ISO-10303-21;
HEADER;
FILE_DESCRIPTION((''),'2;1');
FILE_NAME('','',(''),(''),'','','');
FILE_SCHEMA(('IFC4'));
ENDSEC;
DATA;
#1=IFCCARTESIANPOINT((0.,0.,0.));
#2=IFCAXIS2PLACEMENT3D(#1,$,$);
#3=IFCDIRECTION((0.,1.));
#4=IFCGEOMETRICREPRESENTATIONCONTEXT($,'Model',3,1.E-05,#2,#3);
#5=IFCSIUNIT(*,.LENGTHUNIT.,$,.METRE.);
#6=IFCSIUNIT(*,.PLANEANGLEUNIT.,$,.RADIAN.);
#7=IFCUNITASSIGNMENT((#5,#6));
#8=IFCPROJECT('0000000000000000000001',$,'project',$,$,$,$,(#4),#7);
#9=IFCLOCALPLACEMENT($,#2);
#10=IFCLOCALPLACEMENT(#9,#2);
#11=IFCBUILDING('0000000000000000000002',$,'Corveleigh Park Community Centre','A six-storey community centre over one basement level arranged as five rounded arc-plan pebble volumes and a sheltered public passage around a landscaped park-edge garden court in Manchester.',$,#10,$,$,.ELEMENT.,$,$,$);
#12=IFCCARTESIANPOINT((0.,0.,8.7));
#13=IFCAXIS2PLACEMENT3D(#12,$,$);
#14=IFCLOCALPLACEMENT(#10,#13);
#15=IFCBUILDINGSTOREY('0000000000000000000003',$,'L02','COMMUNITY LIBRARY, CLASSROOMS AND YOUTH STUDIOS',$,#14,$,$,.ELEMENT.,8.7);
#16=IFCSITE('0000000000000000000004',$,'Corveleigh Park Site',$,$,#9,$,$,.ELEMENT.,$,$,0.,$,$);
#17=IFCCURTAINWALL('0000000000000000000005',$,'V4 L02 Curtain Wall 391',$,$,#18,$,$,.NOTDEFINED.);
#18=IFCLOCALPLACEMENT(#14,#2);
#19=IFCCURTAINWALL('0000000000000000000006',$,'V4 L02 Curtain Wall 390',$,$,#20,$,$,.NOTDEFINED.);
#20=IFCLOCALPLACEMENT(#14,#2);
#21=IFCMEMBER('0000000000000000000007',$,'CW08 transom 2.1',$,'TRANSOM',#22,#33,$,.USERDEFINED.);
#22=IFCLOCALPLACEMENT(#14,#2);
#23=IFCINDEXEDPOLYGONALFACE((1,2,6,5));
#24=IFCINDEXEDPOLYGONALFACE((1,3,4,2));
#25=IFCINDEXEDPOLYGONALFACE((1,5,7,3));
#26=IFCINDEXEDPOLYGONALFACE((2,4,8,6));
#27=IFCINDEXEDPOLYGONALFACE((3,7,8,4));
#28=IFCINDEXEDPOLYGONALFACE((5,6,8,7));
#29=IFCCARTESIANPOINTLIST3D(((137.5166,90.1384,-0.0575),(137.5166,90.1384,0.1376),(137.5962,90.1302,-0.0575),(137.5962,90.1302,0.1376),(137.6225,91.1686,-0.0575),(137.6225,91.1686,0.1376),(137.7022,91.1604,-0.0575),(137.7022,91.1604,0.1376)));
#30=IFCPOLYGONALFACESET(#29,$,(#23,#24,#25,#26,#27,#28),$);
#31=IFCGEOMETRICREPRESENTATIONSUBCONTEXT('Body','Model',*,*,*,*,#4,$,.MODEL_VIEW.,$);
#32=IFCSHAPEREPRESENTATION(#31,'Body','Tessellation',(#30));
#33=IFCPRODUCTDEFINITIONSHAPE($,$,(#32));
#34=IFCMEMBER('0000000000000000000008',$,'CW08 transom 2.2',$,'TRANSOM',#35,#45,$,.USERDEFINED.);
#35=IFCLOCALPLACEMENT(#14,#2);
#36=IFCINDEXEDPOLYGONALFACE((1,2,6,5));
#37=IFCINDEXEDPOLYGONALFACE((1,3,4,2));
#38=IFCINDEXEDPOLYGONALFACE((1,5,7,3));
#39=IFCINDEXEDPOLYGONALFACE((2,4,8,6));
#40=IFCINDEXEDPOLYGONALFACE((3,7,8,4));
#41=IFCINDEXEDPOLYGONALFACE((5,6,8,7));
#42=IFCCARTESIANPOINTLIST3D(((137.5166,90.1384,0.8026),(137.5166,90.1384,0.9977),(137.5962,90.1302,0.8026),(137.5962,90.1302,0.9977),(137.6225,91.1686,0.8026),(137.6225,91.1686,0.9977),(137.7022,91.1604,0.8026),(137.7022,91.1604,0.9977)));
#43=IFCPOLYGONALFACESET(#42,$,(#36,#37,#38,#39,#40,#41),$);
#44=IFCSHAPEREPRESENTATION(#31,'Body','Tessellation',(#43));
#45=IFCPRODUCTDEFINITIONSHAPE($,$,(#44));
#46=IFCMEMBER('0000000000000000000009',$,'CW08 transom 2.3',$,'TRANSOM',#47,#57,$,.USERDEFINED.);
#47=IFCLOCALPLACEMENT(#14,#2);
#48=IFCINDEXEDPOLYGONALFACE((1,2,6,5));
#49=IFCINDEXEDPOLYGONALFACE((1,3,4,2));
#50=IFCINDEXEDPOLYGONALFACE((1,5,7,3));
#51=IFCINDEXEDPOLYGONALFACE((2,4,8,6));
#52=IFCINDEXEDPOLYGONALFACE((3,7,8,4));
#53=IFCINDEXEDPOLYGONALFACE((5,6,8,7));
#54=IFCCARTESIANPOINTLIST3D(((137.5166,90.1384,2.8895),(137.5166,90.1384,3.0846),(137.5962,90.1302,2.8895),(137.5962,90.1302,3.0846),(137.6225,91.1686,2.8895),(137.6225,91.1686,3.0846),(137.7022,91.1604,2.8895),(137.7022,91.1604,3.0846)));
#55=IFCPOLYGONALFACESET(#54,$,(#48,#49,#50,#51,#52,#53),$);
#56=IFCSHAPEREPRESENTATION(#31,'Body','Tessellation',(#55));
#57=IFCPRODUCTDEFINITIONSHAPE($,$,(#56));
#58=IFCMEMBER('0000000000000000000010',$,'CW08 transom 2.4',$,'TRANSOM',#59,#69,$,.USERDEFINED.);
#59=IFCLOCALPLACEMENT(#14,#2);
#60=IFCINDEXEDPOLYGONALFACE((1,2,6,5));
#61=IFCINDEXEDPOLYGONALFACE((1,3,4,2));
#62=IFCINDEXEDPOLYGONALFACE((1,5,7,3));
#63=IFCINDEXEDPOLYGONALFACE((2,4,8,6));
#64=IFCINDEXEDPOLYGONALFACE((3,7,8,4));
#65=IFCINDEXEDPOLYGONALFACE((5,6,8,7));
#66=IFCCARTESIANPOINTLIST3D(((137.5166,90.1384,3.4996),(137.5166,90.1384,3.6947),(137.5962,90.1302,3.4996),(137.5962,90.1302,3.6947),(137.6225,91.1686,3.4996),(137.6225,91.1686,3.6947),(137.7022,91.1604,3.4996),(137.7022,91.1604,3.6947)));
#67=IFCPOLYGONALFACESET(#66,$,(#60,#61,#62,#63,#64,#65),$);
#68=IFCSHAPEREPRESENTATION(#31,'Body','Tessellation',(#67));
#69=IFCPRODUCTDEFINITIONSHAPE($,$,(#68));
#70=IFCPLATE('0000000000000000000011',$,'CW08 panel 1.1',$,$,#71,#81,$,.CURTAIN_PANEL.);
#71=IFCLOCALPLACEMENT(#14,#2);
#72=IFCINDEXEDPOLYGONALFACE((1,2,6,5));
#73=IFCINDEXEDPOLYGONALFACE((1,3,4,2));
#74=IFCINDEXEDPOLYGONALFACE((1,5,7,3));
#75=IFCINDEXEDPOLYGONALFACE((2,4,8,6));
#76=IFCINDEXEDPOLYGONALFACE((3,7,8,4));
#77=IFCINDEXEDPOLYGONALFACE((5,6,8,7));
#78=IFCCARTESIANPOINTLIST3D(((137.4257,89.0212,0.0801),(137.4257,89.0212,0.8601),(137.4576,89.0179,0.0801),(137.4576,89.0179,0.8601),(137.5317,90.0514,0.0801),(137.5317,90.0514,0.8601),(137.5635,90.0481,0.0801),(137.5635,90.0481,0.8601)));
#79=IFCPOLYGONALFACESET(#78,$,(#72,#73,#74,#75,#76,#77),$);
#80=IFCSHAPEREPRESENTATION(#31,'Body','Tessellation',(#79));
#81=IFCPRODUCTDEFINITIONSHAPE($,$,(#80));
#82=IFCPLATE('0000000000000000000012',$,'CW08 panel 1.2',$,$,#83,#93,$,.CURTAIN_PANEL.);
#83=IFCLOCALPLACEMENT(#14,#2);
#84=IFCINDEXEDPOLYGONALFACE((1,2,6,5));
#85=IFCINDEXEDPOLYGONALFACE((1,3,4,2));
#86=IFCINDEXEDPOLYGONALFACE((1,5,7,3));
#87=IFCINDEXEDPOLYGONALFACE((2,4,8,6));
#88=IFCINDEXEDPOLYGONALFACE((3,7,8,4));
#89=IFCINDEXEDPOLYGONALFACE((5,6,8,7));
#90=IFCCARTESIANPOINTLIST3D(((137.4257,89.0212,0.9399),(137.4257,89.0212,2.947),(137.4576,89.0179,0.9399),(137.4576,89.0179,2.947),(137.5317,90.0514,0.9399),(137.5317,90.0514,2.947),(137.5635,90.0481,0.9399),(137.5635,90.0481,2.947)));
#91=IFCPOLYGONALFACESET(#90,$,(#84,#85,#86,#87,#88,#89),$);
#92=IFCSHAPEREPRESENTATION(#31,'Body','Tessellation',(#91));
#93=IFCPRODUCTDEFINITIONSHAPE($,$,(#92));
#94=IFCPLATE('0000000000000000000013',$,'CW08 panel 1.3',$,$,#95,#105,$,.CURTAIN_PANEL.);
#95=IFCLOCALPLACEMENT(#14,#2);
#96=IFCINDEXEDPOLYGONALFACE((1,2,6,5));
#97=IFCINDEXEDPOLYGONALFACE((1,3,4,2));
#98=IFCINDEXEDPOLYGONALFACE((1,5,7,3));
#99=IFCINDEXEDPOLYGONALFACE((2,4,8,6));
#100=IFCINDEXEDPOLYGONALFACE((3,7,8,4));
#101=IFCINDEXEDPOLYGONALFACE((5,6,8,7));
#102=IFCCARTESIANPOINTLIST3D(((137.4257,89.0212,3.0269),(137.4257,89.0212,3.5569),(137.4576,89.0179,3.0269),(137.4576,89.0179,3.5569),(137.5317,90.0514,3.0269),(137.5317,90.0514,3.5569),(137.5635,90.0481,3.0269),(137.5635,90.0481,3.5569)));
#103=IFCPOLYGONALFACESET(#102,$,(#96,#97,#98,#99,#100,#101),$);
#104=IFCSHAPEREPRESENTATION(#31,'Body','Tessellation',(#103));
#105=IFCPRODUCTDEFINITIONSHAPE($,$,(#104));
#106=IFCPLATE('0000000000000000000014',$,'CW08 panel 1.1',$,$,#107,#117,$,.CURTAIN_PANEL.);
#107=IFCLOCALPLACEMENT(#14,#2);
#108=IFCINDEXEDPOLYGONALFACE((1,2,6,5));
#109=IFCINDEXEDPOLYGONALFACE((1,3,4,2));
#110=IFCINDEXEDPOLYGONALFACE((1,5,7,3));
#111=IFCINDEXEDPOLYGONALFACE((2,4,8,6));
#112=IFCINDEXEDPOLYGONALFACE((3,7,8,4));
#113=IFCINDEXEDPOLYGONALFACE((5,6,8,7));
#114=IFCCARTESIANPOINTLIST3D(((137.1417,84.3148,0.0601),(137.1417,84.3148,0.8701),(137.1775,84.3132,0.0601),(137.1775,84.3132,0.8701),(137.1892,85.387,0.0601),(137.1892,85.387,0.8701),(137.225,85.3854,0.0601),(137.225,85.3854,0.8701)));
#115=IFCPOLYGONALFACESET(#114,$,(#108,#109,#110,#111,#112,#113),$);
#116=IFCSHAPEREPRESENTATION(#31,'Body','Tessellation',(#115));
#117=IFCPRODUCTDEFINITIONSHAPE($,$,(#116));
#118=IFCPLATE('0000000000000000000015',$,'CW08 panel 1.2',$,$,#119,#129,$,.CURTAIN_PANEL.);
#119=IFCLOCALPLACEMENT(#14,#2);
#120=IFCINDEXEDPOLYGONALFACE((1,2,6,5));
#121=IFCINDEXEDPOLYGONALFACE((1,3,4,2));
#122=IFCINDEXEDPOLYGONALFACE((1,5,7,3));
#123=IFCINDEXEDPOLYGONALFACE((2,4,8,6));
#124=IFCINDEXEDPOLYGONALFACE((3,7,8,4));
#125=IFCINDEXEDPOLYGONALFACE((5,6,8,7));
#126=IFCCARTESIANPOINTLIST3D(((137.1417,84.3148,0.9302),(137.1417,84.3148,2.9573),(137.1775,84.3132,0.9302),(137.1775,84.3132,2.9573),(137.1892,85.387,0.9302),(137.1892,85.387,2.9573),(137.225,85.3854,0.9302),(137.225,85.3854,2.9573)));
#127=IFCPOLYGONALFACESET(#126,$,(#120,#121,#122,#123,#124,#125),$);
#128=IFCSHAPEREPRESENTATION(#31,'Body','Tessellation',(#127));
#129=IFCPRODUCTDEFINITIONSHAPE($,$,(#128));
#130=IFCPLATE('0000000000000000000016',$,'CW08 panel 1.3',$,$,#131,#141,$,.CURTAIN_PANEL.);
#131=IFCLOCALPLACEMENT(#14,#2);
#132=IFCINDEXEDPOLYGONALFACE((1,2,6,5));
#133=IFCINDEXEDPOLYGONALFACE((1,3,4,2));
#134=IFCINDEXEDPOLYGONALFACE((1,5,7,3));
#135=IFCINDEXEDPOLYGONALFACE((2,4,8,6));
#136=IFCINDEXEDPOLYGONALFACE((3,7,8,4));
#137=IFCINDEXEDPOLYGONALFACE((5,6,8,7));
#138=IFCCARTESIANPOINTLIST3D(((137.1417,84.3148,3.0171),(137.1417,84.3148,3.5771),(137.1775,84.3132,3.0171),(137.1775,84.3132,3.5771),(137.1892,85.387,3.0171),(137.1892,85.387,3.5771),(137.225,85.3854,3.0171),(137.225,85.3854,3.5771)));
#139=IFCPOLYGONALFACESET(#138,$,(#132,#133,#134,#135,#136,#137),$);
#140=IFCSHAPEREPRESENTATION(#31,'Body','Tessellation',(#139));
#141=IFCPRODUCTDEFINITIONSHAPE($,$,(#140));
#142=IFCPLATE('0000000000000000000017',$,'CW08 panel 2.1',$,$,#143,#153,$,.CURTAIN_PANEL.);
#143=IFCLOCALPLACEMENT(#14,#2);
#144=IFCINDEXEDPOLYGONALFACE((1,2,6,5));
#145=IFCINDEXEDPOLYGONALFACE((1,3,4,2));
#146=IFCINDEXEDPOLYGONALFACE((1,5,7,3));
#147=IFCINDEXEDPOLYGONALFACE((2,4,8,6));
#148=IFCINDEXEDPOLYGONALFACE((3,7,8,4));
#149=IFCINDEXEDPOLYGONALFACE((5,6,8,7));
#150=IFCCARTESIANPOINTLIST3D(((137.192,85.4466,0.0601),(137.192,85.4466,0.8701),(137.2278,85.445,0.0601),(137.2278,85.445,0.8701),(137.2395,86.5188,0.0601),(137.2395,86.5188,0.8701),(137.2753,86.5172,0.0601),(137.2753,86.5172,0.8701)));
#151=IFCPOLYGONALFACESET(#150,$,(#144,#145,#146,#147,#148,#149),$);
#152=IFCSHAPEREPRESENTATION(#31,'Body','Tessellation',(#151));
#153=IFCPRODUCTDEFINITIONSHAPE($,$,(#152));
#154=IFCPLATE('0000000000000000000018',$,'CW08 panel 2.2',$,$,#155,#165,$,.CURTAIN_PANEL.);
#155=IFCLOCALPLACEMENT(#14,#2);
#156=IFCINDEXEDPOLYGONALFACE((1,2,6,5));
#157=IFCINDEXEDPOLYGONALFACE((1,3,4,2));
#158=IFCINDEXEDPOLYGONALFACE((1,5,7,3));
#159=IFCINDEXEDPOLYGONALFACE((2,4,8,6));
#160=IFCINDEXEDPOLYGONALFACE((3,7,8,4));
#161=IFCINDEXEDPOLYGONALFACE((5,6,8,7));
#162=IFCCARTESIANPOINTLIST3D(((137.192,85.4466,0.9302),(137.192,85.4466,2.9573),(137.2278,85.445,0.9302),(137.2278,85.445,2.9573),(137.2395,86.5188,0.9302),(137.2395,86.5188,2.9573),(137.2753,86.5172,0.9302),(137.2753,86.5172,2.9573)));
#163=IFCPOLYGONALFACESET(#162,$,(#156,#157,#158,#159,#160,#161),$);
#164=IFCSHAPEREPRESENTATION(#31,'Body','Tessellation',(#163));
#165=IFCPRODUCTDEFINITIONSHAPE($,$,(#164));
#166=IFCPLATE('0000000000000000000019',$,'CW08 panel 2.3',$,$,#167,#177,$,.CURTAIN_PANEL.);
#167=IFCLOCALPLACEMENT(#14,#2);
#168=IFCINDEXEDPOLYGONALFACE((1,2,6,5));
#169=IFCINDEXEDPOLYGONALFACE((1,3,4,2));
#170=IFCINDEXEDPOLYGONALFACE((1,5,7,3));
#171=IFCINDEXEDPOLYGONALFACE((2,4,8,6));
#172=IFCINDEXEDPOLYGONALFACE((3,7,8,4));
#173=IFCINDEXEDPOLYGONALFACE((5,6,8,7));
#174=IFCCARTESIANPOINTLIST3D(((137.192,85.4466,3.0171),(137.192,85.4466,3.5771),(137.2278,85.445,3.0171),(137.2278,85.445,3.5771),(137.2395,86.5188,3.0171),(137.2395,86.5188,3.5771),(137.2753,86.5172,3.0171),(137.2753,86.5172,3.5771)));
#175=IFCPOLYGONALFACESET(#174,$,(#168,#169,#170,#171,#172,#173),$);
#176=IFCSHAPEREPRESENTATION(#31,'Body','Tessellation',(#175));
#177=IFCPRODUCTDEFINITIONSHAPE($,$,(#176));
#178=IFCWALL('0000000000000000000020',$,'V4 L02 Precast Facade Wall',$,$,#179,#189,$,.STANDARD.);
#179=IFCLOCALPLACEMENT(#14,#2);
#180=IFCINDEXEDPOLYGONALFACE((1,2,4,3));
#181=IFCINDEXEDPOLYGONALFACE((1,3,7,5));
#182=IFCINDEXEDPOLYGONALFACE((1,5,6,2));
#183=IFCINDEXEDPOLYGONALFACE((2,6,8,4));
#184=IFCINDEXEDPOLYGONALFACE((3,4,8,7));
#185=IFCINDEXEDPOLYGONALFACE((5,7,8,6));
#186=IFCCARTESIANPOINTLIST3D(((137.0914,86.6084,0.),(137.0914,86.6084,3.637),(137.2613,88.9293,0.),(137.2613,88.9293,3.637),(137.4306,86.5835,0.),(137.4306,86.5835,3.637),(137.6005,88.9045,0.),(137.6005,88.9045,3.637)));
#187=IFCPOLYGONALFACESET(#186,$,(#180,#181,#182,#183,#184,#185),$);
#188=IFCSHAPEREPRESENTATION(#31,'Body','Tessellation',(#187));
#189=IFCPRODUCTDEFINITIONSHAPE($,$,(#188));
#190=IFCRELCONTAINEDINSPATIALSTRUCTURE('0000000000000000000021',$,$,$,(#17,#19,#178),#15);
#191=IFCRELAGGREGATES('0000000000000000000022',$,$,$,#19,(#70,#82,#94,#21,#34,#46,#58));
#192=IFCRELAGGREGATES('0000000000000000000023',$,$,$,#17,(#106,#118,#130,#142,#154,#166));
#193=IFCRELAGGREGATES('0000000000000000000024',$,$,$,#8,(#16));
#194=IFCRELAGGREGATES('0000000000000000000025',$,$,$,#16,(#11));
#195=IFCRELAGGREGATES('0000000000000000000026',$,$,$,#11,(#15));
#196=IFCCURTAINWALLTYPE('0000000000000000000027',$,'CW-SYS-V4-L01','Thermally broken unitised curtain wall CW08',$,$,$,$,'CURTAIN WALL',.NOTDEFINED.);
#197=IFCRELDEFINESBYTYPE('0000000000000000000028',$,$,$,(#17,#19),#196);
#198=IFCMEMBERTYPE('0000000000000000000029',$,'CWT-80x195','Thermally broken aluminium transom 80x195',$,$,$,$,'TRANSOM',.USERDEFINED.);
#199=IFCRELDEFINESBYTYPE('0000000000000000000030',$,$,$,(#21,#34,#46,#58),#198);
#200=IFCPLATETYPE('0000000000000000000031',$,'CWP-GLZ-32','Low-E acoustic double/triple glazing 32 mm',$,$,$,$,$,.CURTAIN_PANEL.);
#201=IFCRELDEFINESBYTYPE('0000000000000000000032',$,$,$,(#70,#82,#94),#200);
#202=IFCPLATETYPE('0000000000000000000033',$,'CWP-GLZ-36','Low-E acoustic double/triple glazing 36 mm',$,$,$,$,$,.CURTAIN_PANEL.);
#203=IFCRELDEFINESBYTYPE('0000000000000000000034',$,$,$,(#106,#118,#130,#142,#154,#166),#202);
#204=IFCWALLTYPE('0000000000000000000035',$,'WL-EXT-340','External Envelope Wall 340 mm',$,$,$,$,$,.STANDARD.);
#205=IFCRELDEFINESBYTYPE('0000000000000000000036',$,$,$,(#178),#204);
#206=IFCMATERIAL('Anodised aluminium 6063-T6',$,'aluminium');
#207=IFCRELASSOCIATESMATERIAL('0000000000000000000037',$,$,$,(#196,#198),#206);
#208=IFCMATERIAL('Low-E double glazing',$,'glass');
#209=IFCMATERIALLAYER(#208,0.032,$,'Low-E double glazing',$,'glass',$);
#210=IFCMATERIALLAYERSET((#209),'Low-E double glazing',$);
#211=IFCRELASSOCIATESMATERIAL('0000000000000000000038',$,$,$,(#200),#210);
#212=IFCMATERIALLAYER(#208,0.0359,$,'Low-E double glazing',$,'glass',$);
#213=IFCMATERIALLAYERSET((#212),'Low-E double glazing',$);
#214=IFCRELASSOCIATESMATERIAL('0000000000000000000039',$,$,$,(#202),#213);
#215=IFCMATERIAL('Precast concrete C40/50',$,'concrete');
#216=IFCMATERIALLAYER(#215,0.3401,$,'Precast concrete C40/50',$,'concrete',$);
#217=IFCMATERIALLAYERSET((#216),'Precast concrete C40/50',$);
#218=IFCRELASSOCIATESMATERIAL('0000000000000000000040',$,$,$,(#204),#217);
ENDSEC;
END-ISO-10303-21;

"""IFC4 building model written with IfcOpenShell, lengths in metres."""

from ifc_helpers import new_model, si_unit, direction, frame, frame_2d, origin, origin_2d, place, context, subcontext, project, spatial, rectangle, extrude, material, layer, layer_set, material_profile, profile_set, type_object, element, aggregate, save


model = new_model("IFC4")

# Units and contexts
model_context = context("Model", 3, precision=1e-05, world=origin(), true_north=direction((0.0, 1.0)))
body_context = subcontext(model_context, "Body", "Model", "MODEL_VIEW")
ifc_project = project(units=[si_unit("LENGTHUNIT", "METRE"), si_unit("PLANEANGLEUNIT", "RADIAN")], contexts=[model_context])

# Site, building, storey
site_placement = place(None, origin())
site = spatial("IfcSite", under=ifc_project, at=site_placement, Name="Corveleigh Park Site", CompositionType="ELEMENT", RefElevation=0.0)
building_placement = place(site_placement, origin())
building = spatial("IfcBuilding", under=site, at=building_placement, Name="Corveleigh Park Community Centre", Description="A six-storey community centre over one basement level arranged as five rounded arc-plan pebble volumes and a sheltered public passage around a landscaped park-edge garden court in Manchester.", CompositionType="ELEMENT")
storey_placement = place(building_placement, frame((0.0, 0.0, 8.7)))
storey = spatial("IfcBuildingStorey", under=building, at=storey_placement, Name="L02", Description="COMMUNITY LIBRARY, CLASSROOMS AND YOUTH STUDIOS", CompositionType="ELEMENT", Elevation=8.7)

# Curtain walls
ifc_material_1 = material(Name="Anodised aluminium 6063-T6", Category="aluminium")
curtain_wall_type = type_object("IfcCurtainWallType", Name="CW-SYS-V4-L01", Description="Thermally broken unitised curtain wall CW08", ElementType="CURTAIN WALL", PredefinedType="NOTDEFINED", material=ifc_material_1)
curtain_wall_1_placement = place(storey_placement, origin())
curtain_wall_1 = element("IfcCurtainWall", 1, at=curtain_wall_1_placement, inside=storey, type_object=curtain_wall_type, Name="V4 L02 Curtain Wall 391", PredefinedType="NOTDEFINED")
curtain_wall_2_placement = place(storey_placement, origin())
curtain_wall_2 = element("IfcCurtainWall", 2, at=curtain_wall_2_placement, inside=storey, type_object=curtain_wall_type, Name="V4 L02 Curtain Wall 390", PredefinedType="NOTDEFINED")

# Members
ifc_material_profile_1 = material_profile(ifc_material_1, rectangle(XDim=0.0801, YDim=0.1951, at=origin_2d()), Name="ALU-T80x195", Category="aluminium")
ifc_profile_set_1 = profile_set([ifc_material_profile_1], Name="Anodised aluminium 6063-T6")
member_type_1 = type_object("IfcMemberType", Name="CWT-80x195", Description="Thermally broken aluminium transom 80x195", ElementType="TRANSOM", PredefinedType="USERDEFINED", material=ifc_profile_set_1)
member_1_placement = place(storey_placement, frame((137.5564, 90.1343, 0.04), z_axis=(0.102304, 0.994753, 0.0), x_axis=(-0.994753, 0.102304, 0.0)))
member_1 = element("IfcMember", 3, at=member_1_placement, type_object=member_type_1, Name="CW08 transom 2.1", ObjectType="TRANSOM", PredefinedType="USERDEFINED", context=body_context, shape_type="SweptSolid", body=[
    extrude(rectangle(XDim=0.0801, YDim=0.1951, at=origin_2d()), origin(), (0.0, 0.0, 1.0), 1.0356),
])
member_2_placement = place(storey_placement, frame((137.5564, 90.1343, 0.9001), z_axis=(0.102304, 0.994753, 0.0), x_axis=(-0.994753, 0.102304, 0.0)))
member_2 = element("IfcMember", 4, at=member_2_placement, type_object=member_type_1, Name="CW08 transom 2.2", ObjectType="TRANSOM", PredefinedType="USERDEFINED", context=body_context, shape_type="SweptSolid", body=[
    extrude(rectangle(XDim=0.0801, YDim=0.1951, at=origin_2d()), origin(), (0.0, 0.0, 1.0), 1.0356),
])
member_3_placement = place(storey_placement, frame((137.5564, 90.1343, 2.9871), z_axis=(0.102304, 0.994753, 0.0), x_axis=(-0.994753, 0.102304, 0.0)))
member_3 = element("IfcMember", 5, at=member_3_placement, type_object=member_type_1, Name="CW08 transom 2.3", ObjectType="TRANSOM", PredefinedType="USERDEFINED", context=body_context, shape_type="SweptSolid", body=[
    extrude(rectangle(XDim=0.0801, YDim=0.1951, at=origin_2d()), origin(), (0.0, 0.0, 1.0), 1.0356),
])
member_4_placement = place(storey_placement, frame((137.5564, 90.1343, 3.5972), z_axis=(0.102304, 0.994753, 0.0), x_axis=(-0.994753, 0.102304, 0.0)))
member_4 = element("IfcMember", 6, at=member_4_placement, type_object=member_type_1, Name="CW08 transom 2.4", ObjectType="TRANSOM", PredefinedType="USERDEFINED", context=body_context, shape_type="SweptSolid", body=[
    extrude(rectangle(XDim=0.0801, YDim=0.1951, at=origin_2d()), origin(), (0.0, 0.0, 1.0), 1.0356),
])

# Plates
ifc_material_2 = material(Name="Low-E double glazing", Category="glass")
ifc_layer_1 = layer(ifc_material_2, 0.032, Name="Low-E double glazing", Category="glass")
ifc_layer_set_1 = layer_set([ifc_layer_1], Name="Low-E double glazing")
plate_type_1 = type_object("IfcPlateType", Name="CWP-GLZ-32", Description="Low-E acoustic double/triple glazing 32 mm", PredefinedType="CURTAIN_PANEL", material=ifc_layer_set_1)
plate_1_placement = place(storey_placement, frame((137.4946, 89.5347, 0.0801), z_axis=(0.0, 0.0, 1.0), x_axis=(0.102312, 0.994752, 0.0)))
plate_1 = element("IfcPlate", 7, at=plate_1_placement, type_object=plate_type_1, Name="CW08 panel 1.1", PredefinedType="CURTAIN_PANEL", context=body_context, shape_type="SweptSolid", body=[
    extrude(rectangle(XDim=1.0356, YDim=0.032, at=origin_2d()), origin(), (0.0, 0.0, 1.0), 0.78),
])
plate_2_placement = place(storey_placement, frame((137.4946, 89.5347, 0.9399), z_axis=(0.0, 0.0, 1.0), x_axis=(0.102312, 0.994752, 0.0)))
plate_2 = element("IfcPlate", 8, at=plate_2_placement, type_object=plate_type_1, Name="CW08 panel 1.2", PredefinedType="CURTAIN_PANEL", context=body_context, shape_type="SweptSolid", body=[
    extrude(rectangle(XDim=1.0356, YDim=0.032, at=origin_2d()), origin(), (0.0, 0.0, 1.0), 2.0071),
])
plate_3_placement = place(storey_placement, frame((137.4946, 89.5347, 3.0269), z_axis=(0.0, 0.0, 1.0), x_axis=(0.102312, 0.994752, 0.0)))
plate_3 = element("IfcPlate", 9, at=plate_3_placement, type_object=plate_type_1, Name="CW08 panel 1.3", PredefinedType="CURTAIN_PANEL", context=body_context, shape_type="SweptSolid", body=[
    extrude(rectangle(XDim=1.0356, YDim=0.032, at=origin_2d()), origin(), (0.0, 0.0, 1.0), 0.53),
])
aggregate(curtain_wall_2, [plate_1, plate_2, plate_3, member_1, member_2, member_3, member_4])
ifc_layer_2 = layer(ifc_material_2, 0.0359, Name="Low-E double glazing", Category="glass")
ifc_layer_set_2 = layer_set([ifc_layer_2], Name="Low-E double glazing")
plate_type_2 = type_object("IfcPlateType", Name="CWP-GLZ-36", Description="Low-E acoustic double/triple glazing 36 mm", PredefinedType="CURTAIN_PANEL", material=ifc_layer_set_2)
plate_4_placement = place(storey_placement, frame((137.1833, 84.8501, 0.0601), z_axis=(0.0, 0.0, 1.0), x_axis=(0.044277, 0.999019, 0.0)))
plate_4 = element("IfcPlate", 10, at=plate_4_placement, type_object=plate_type_2, Name="CW08 panel 1.1", PredefinedType="CURTAIN_PANEL", context=body_context, shape_type="SweptSolid", body=[
    extrude(rectangle(XDim=1.0732, YDim=0.0359, at=origin_2d()), origin(), (0.0, 0.0, 1.0), 0.8101),
])
plate_5_placement = place(storey_placement, frame((137.1833, 84.8501, 0.9302), z_axis=(0.0, 0.0, 1.0), x_axis=(0.044277, 0.999019, 0.0)))
plate_5 = element("IfcPlate", 11, at=plate_5_placement, type_object=plate_type_2, Name="CW08 panel 1.2", PredefinedType="CURTAIN_PANEL", context=body_context, shape_type="SweptSolid", body=[
    extrude(rectangle(XDim=1.0732, YDim=0.0359, at=origin_2d()), origin(), (0.0, 0.0, 1.0), 2.0271),
])
plate_6_placement = place(storey_placement, frame((137.1833, 84.8501, 3.0171), z_axis=(0.0, 0.0, 1.0), x_axis=(0.044277, 0.999019, 0.0)))
plate_6 = element("IfcPlate", 12, at=plate_6_placement, type_object=plate_type_2, Name="CW08 panel 1.3", PredefinedType="CURTAIN_PANEL", context=body_context, shape_type="SweptSolid", body=[
    extrude(rectangle(XDim=1.0732, YDim=0.0359, at=origin_2d()), origin(), (0.0, 0.0, 1.0), 0.5601),
])
plate_7_placement = place(storey_placement, frame((137.2336, 85.9819, 0.0601), z_axis=(0.0, 0.0, 1.0), x_axis=(0.044277, 0.999019, 0.0)))
plate_7 = element("IfcPlate", 13, at=plate_7_placement, type_object=plate_type_2, Name="CW08 panel 2.1", PredefinedType="CURTAIN_PANEL", context=body_context, shape_type="SweptSolid", body=[
    extrude(rectangle(XDim=1.0732, YDim=0.0359, at=origin_2d()), origin(), (0.0, 0.0, 1.0), 0.8101),
])
plate_8_placement = place(storey_placement, frame((137.2336, 85.9819, 0.9302), z_axis=(0.0, 0.0, 1.0), x_axis=(0.044277, 0.999019, 0.0)))
plate_8 = element("IfcPlate", 14, at=plate_8_placement, type_object=plate_type_2, Name="CW08 panel 2.2", PredefinedType="CURTAIN_PANEL", context=body_context, shape_type="SweptSolid", body=[
    extrude(rectangle(XDim=1.0732, YDim=0.0359, at=origin_2d()), origin(), (0.0, 0.0, 1.0), 2.0271),
])
plate_9_placement = place(storey_placement, frame((137.2336, 85.9819, 3.0171), z_axis=(0.0, 0.0, 1.0), x_axis=(0.044277, 0.999019, 0.0)))
plate_9 = element("IfcPlate", 15, at=plate_9_placement, type_object=plate_type_2, Name="CW08 panel 2.3", PredefinedType="CURTAIN_PANEL", context=body_context, shape_type="SweptSolid", body=[
    extrude(rectangle(XDim=1.0732, YDim=0.0359, at=origin_2d()), origin(), (0.0, 0.0, 1.0), 0.5601),
])
aggregate(curtain_wall_1, [plate_4, plate_5, plate_6, plate_7, plate_8, plate_9])

# Wall
ifc_material_3 = material(Name="Precast concrete C40/50", Category="concrete")
ifc_layer_3 = layer(ifc_material_3, 0.3401, Name="Precast concrete C40/50", Category="concrete")
ifc_layer_set_3 = layer_set([ifc_layer_3], Name="Precast concrete C40/50")
wall_type_1 = type_object("IfcWallType", Name="WL-EXT-340", Description="External Envelope Wall 340 mm", PredefinedType="STANDARD", material=ifc_layer_set_3)
wall_1_placement = place(storey_placement, frame((137.261, 86.5959, 0.0), z_axis=(0.0, 0.0, 1.0), x_axis=(0.073014, 0.997331, 0.0)))
element("IfcWall", 16, at=wall_1_placement, inside=storey, type_object=wall_type_1, Name="V4 L02 Precast Facade Wall", PredefinedType="STANDARD", context=body_context, shape_type="SweptSolid", body=[
    extrude(rectangle(XDim=2.3271, YDim=0.3401, at=frame_2d((1.1636, 0.0))), origin(), (0.0, 0.0, 1.0), 3.637),
])

save(model, "model.ifc")
